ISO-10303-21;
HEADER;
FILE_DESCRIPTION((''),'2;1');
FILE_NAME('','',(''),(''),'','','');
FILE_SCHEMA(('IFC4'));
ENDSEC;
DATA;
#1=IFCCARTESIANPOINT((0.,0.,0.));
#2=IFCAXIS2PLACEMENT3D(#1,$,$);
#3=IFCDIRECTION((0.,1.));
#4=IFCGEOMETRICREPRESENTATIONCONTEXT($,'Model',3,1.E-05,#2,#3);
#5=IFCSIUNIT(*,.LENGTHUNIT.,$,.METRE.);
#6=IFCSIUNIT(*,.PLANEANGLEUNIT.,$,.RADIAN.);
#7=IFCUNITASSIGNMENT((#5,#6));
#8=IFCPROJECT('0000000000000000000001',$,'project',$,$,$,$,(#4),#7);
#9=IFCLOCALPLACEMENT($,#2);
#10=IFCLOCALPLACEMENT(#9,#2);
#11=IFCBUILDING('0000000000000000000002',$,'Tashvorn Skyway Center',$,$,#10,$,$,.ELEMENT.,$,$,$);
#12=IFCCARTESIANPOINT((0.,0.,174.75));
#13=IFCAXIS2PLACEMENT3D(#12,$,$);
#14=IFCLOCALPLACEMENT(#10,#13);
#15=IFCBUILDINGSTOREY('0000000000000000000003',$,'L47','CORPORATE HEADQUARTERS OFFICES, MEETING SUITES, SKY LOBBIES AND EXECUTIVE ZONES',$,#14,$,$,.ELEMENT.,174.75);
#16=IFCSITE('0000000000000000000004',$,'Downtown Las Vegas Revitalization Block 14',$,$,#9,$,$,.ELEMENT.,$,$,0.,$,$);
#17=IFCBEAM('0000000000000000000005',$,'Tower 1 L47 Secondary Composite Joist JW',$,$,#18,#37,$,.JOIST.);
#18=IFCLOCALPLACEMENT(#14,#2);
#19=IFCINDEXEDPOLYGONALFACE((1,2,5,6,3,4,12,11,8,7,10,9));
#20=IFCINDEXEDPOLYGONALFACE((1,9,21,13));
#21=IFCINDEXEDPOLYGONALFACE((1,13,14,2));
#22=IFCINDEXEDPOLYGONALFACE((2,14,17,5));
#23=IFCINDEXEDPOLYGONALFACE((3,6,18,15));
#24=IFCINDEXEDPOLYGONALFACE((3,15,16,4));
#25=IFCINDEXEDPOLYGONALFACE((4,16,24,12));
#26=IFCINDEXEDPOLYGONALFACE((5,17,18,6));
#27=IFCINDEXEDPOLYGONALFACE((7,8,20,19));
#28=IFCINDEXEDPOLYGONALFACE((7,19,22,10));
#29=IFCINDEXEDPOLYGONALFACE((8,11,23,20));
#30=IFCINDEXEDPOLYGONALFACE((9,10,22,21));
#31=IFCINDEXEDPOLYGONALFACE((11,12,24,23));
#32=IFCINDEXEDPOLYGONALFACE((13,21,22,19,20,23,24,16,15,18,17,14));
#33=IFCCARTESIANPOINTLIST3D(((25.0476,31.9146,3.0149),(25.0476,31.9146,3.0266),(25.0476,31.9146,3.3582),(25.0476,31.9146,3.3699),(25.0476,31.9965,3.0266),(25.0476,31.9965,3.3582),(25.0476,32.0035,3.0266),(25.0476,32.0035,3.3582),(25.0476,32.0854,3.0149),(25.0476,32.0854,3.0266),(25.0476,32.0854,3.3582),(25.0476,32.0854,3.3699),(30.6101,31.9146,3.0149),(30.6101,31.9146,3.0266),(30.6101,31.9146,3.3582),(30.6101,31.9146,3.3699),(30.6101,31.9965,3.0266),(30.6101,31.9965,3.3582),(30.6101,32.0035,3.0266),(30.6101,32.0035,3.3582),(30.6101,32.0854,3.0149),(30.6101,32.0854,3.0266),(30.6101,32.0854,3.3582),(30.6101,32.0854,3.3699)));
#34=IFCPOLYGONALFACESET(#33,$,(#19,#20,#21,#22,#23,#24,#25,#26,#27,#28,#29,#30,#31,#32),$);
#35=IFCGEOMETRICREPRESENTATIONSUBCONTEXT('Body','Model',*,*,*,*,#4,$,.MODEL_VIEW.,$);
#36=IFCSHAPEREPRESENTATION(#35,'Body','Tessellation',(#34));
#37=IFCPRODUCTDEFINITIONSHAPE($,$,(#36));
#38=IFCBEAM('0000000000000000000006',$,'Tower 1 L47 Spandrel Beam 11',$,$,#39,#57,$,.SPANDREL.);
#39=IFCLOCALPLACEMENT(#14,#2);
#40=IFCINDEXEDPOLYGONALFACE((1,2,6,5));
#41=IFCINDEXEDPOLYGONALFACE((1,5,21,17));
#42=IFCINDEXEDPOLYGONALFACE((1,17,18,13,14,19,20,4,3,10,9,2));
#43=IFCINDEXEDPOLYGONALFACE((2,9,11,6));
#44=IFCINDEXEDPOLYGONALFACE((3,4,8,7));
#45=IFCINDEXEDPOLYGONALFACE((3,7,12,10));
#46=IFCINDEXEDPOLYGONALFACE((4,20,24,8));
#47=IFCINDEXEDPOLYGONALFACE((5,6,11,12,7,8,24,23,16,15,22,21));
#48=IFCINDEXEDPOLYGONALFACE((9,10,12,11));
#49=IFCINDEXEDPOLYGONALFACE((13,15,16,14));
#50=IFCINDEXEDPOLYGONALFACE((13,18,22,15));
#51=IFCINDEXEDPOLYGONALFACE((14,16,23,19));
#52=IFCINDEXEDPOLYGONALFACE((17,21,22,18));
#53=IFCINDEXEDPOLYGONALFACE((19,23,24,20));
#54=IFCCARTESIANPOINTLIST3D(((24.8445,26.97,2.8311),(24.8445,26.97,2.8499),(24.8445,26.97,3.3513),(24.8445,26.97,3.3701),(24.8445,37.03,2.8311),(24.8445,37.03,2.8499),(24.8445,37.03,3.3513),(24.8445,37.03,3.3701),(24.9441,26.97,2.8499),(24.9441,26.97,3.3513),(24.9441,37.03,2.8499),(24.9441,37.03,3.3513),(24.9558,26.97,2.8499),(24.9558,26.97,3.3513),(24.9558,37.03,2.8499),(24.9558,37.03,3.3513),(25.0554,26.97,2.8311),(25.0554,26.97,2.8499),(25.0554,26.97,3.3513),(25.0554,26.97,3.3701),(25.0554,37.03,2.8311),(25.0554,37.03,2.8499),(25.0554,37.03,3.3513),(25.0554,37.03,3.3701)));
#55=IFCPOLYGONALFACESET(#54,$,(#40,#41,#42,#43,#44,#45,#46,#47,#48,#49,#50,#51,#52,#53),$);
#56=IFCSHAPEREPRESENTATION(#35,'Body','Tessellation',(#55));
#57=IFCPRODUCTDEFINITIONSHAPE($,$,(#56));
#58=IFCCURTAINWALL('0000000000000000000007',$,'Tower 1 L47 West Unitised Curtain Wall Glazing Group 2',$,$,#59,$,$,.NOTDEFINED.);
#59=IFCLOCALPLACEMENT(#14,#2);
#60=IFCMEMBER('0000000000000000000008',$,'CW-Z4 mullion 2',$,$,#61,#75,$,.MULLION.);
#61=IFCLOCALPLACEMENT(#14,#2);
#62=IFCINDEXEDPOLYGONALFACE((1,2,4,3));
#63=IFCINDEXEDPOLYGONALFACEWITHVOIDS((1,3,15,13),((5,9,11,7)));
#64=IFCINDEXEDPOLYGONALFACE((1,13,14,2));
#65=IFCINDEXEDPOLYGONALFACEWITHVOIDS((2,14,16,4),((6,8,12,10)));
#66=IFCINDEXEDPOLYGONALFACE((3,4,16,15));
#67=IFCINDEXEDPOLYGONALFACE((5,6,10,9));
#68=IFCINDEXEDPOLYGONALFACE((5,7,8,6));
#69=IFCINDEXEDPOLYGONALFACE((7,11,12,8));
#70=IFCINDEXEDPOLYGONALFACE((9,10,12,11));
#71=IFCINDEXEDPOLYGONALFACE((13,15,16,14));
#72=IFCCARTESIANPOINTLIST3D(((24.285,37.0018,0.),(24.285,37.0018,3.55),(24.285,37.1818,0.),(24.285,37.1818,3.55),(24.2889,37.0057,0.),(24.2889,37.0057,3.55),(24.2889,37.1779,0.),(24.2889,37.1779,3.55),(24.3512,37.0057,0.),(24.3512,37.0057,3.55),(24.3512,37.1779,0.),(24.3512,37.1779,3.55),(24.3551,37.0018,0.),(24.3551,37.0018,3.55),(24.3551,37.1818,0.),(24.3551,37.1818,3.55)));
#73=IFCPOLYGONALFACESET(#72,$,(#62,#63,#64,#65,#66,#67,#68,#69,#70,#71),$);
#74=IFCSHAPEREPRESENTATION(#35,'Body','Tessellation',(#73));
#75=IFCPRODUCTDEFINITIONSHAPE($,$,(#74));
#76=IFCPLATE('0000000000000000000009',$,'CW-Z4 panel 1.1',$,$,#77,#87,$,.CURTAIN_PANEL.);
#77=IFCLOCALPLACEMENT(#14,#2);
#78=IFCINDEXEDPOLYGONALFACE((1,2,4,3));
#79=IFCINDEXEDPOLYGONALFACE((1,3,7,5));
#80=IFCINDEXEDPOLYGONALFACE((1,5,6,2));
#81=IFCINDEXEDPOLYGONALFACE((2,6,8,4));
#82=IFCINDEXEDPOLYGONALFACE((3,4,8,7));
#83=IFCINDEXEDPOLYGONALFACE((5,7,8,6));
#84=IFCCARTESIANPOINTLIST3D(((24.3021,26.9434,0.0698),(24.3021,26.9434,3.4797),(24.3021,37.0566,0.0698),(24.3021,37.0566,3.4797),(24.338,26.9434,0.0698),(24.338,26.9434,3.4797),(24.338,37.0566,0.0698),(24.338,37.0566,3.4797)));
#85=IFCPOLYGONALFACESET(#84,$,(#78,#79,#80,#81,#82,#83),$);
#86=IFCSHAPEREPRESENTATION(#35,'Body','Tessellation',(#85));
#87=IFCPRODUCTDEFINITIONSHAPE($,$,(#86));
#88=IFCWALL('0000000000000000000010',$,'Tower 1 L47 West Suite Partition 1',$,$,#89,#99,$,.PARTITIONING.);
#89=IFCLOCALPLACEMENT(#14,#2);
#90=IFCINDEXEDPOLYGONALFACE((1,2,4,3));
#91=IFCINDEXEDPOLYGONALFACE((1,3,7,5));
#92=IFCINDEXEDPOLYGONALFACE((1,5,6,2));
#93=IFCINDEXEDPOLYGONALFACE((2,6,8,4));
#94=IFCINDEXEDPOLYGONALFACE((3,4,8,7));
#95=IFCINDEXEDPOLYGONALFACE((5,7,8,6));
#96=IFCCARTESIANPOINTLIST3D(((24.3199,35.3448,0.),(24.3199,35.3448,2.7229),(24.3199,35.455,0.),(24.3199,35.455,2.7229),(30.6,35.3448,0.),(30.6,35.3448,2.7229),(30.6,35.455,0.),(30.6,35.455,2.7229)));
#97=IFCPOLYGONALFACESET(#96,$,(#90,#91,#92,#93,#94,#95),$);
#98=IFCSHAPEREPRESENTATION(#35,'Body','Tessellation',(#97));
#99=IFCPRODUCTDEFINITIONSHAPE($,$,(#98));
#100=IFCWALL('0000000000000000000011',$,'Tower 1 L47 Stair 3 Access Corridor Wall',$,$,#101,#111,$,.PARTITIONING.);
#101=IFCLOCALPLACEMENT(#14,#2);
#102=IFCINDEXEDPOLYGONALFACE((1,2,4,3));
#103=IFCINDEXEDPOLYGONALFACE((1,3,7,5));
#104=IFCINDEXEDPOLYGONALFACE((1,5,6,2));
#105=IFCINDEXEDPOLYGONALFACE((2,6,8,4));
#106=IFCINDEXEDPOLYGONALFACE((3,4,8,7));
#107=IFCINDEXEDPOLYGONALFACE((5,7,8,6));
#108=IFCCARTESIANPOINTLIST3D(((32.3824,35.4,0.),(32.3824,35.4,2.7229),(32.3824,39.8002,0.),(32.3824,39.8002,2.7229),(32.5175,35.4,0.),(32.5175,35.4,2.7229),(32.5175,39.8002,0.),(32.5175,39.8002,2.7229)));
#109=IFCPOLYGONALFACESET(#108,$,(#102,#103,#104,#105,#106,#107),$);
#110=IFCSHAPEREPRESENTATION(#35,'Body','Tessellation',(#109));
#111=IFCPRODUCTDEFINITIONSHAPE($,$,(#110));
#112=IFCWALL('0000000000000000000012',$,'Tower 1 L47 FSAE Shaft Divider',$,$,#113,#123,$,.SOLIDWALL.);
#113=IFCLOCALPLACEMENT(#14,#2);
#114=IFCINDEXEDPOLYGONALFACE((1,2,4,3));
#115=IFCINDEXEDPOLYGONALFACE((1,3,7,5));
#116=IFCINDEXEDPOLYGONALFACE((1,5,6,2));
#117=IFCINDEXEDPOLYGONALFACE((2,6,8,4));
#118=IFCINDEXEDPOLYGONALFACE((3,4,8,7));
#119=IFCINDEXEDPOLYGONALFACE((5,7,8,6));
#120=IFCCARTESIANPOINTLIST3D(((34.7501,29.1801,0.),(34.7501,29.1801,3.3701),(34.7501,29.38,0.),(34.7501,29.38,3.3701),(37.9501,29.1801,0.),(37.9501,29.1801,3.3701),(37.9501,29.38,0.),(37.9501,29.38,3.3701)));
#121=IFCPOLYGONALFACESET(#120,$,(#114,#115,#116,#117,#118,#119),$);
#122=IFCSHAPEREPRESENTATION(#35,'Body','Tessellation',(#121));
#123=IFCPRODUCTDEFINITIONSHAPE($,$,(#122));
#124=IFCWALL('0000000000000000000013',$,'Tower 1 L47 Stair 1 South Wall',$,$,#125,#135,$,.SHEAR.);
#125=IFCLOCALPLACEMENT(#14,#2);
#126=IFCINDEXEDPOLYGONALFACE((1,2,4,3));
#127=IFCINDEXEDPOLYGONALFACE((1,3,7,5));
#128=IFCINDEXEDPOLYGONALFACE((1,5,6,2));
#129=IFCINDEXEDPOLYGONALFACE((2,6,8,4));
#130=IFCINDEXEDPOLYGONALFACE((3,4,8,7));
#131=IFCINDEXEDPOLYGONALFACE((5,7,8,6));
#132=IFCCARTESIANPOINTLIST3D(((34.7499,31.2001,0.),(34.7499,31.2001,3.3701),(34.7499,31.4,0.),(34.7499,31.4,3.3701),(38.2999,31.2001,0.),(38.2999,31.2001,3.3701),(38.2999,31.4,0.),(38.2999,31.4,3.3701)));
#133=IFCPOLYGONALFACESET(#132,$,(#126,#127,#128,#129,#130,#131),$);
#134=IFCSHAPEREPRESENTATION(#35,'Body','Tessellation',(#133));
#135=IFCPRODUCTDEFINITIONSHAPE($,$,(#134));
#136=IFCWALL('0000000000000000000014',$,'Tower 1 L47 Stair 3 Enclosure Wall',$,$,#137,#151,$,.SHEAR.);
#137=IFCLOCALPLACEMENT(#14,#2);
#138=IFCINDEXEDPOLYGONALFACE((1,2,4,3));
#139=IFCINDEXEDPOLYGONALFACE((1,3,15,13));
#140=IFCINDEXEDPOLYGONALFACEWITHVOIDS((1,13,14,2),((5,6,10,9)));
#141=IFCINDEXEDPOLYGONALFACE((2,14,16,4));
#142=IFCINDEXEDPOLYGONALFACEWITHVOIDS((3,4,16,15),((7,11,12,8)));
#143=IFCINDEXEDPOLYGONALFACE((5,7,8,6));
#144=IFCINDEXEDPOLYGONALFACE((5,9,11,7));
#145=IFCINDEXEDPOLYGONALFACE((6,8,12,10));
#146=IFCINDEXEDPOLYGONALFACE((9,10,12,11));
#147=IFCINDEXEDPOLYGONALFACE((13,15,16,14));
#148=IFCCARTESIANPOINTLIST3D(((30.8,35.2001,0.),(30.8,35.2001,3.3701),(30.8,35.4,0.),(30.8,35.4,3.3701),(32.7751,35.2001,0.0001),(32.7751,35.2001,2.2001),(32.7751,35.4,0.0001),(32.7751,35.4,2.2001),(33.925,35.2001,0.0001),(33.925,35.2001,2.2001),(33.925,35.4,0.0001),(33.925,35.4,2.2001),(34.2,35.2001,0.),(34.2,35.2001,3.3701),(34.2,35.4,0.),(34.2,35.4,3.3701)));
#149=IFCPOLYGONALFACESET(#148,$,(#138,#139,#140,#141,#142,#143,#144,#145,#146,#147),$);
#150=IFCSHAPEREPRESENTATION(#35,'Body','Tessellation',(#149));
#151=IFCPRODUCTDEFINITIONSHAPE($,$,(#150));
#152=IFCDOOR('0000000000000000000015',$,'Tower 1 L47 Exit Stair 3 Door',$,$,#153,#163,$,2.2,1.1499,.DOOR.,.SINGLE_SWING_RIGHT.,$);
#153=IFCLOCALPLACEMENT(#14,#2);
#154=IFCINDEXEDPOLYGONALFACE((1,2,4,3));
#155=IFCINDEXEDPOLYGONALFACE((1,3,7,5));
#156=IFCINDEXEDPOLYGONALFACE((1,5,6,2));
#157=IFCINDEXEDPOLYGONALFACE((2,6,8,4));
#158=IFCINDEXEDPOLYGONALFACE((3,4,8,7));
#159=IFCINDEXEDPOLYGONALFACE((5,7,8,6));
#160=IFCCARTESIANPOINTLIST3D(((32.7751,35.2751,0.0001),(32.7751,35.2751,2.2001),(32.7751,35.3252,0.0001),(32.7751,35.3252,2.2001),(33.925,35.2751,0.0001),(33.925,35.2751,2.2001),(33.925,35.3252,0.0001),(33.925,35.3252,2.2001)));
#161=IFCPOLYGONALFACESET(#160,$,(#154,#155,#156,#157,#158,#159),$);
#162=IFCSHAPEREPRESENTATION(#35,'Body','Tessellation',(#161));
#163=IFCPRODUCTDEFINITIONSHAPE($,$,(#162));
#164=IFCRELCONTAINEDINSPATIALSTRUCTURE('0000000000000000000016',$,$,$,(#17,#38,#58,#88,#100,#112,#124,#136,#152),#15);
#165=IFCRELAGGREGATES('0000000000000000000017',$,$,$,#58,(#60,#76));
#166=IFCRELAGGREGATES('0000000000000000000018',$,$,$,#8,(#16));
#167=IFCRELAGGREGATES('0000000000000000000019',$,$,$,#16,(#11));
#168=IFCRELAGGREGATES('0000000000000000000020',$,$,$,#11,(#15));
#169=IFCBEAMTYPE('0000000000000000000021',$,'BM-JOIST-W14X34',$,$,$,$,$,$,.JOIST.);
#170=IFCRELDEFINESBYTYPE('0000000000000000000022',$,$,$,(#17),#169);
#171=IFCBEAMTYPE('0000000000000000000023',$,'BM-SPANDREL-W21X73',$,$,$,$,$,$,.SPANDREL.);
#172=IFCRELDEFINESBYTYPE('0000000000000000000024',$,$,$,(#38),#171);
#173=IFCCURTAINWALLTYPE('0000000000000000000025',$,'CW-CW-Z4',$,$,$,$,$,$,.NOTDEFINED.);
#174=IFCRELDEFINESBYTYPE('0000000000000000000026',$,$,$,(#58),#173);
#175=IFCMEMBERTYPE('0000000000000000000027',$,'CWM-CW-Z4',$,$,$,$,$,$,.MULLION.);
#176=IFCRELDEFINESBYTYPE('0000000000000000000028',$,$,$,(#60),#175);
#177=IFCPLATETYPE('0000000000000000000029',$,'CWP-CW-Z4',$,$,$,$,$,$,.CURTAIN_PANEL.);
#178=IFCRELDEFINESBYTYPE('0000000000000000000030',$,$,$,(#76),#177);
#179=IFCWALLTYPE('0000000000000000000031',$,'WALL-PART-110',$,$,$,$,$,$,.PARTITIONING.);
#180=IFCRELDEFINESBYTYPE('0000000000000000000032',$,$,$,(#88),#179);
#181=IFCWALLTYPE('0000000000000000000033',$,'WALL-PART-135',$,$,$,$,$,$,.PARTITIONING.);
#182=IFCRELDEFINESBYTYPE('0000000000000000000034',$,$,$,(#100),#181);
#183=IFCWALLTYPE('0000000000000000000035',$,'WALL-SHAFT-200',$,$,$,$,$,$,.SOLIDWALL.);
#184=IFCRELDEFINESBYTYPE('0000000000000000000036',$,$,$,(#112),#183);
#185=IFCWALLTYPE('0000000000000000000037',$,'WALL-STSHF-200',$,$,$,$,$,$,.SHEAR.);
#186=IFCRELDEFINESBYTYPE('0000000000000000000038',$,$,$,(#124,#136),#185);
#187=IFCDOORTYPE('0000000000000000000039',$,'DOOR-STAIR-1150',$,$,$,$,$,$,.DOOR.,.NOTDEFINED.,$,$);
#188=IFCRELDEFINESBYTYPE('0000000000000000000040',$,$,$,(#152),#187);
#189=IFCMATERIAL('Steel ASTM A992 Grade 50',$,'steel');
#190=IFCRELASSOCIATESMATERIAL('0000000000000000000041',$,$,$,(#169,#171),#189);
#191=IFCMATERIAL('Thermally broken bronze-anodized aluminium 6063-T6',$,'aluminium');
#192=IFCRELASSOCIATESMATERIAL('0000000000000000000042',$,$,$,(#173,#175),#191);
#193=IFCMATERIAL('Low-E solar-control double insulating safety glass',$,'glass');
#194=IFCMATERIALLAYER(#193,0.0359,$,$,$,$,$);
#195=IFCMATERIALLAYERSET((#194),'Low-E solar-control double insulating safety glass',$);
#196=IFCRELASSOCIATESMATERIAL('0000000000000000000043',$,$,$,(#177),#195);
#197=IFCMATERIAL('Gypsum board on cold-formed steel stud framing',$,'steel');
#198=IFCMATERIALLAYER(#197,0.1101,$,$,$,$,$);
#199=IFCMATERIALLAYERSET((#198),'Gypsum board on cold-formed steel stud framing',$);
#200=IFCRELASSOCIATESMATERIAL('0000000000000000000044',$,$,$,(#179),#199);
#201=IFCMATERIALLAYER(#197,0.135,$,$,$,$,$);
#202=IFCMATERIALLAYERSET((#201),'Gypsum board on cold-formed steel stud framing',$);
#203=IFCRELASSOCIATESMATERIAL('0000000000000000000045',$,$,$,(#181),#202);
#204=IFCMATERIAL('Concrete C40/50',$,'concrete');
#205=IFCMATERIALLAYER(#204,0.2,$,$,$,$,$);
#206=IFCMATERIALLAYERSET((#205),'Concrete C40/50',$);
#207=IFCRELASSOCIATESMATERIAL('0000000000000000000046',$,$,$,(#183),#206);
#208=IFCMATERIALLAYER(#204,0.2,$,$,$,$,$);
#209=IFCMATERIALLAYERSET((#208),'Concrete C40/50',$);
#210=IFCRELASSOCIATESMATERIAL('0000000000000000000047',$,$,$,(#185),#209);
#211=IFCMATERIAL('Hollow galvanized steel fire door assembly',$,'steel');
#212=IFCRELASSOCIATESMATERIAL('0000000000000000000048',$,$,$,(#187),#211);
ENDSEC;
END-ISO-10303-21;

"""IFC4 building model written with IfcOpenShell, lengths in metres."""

from ifc_helpers import new_model, si_unit, direction, frame, frame_2d, origin, origin_2d, place, context, subcontext, project, spatial, rectangle, hollow_rectangle, i_section, extrude, material, layer, layer_set, material_profile, profile_set, type_object, element, fill, aggregate, save


model = new_model("IFC4")

# Units and contexts
model_context = context("Model", 3, precision=1e-05, world=origin(), true_north=direction((0.0, 1.0)))
body_context = subcontext(model_context, "Body", "Model", "MODEL_VIEW")
ifc_project = project(units=[si_unit("LENGTHUNIT", "METRE"), si_unit("PLANEANGLEUNIT", "RADIAN")], contexts=[model_context])

# Site, building, storey
site_placement = place(None, origin())
site = spatial("IfcSite", under=ifc_project, at=site_placement, Name="Downtown Las Vegas Revitalization Block 14", CompositionType="ELEMENT", RefElevation=0.0)
building_placement = place(site_placement, origin())
building = spatial("IfcBuilding", under=site, at=building_placement, Name="Tashvorn Skyway Center", CompositionType="ELEMENT")
storey_placement = place(building_placement, frame((0.0, 0.0, 174.75)))
storey = spatial("IfcBuildingStorey", under=building, at=storey_placement, Name="L47", Description="CORPORATE HEADQUARTERS OFFICES, MEETING SUITES, SKY LOBBIES AND EXECUTIVE ZONES", CompositionType="ELEMENT", Elevation=174.75)

# Beams
ifc_material_1 = material(Name="Steel ASTM A992 Grade 50", Category="steel")
ifc_material_profile_1 = material_profile(ifc_material_1, i_section(OverallWidth=0.1709, OverallDepth=0.355, WebThickness=0.0071, FlangeThickness=0.0117, at=origin_2d()), Name="W14X34")
ifc_profile_set_1 = profile_set([ifc_material_profile_1], Name="Steel ASTM A992 Grade 50")
beam_type_1 = type_object("IfcBeamType", Name="BM-JOIST-W14X34", PredefinedType="JOIST", material=ifc_profile_set_1)
beam_1_placement = place(storey_placement, frame((30.6101, 32.0, 3.1924), z_axis=(-1.0, 0.0, 0.0), x_axis=(0.0, -1.0, 0.0)))
element("IfcBeam", 1, at=beam_1_placement, inside=storey, type_object=beam_type_1, Name="Tower 1 L47 Secondary Composite Joist JW", PredefinedType="JOIST", context=body_context, shape_type="SweptSolid", body=[
    extrude(i_section(OverallWidth=0.1709, OverallDepth=0.355, WebThickness=0.0071, FlangeThickness=0.0117, at=origin_2d()), origin(), (0.0, 0.0, 1.0), 5.5625),
])
ifc_material_profile_2 = material_profile(ifc_material_1, i_section(OverallWidth=0.2109, OverallDepth=0.5391, WebThickness=0.0117, FlangeThickness=0.0188, at=origin_2d()), Name="W21X73")
ifc_profile_set_2 = profile_set([ifc_material_profile_2], Name="Steel ASTM A992 Grade 50")
beam_type_2 = type_object("IfcBeamType", Name="BM-SPANDREL-W21X73", PredefinedType="SPANDREL", material=ifc_profile_set_2)
beam_2_placement = place(storey_placement, frame((24.95, 37.03, 3.1006), z_axis=(0.0, -1.0, 0.0), x_axis=(1.0, 0.0, 0.0)))
element("IfcBeam", 2, at=beam_2_placement, inside=storey, type_object=beam_type_2, Name="Tower 1 L47 Spandrel Beam 11", PredefinedType="SPANDREL", context=body_context, shape_type="SweptSolid", body=[
    extrude(i_section(OverallWidth=0.2109, OverallDepth=0.5391, WebThickness=0.0117, FlangeThickness=0.0188, at=origin_2d()), origin(), (0.0, 0.0, 1.0), 10.0601),
])

# Curtain wall, member, plate
ifc_material_2 = material(Name="Thermally broken bronze-anodized aluminium 6063-T6", Category="aluminium")
curtain_wall_type = type_object("IfcCurtainWallType", Name="CW-CW-Z4", PredefinedType="NOTDEFINED", material=ifc_material_2)
curtain_wall_placement = place(storey_placement, origin())
curtain_wall = element("IfcCurtainWall", 3, at=curtain_wall_placement, inside=storey, type_object=curtain_wall_type, Name="Tower 1 L47 West Unitised Curtain Wall Glazing Group 2", PredefinedType="NOTDEFINED")
ifc_material_profile_3 = material_profile(ifc_material_2, hollow_rectangle(XDim=0.0701, YDim=0.1799, WallThickness=0.0039, at=origin_2d()), Name="ALU-MULL-70x180")
ifc_profile_set_3 = profile_set([ifc_material_profile_3], Name="Thermally broken bronze-anodized aluminium 6063-T6")
member_type = type_object("IfcMemberType", Name="CWM-CW-Z4", PredefinedType="MULLION", material=ifc_profile_set_3)
member_placement = place(storey_placement, frame((24.3201, 37.0918, 0.0), z_axis=(0.0, 0.0, 1.0), x_axis=(-1.0, 0.0, 0.0)))
member = element("IfcMember", 4, at=member_placement, type_object=member_type, Name="CW-Z4 mullion 2", PredefinedType="MULLION", context=body_context, shape_type="SweptSolid", body=[
    extrude(hollow_rectangle(XDim=0.0701, YDim=0.1799, WallThickness=0.0039, at=origin_2d()), origin(), (0.0, 0.0, 1.0), 3.55),
])
ifc_material_3 = material(Name="Low-E solar-control double insulating safety glass", Category="glass")
ifc_layer_1 = layer(ifc_material_3, 0.0359)
ifc_layer_set_1 = layer_set([ifc_layer_1], Name="Low-E solar-control double insulating safety glass")
plate_type = type_object("IfcPlateType", Name="CWP-CW-Z4", PredefinedType="CURTAIN_PANEL", material=ifc_layer_set_1)
plate_placement = place(storey_placement, frame((24.3201, 32.0, 0.0698), z_axis=(0.0, 0.0, 1.0), x_axis=(0.0, 1.0, 0.0)))
plate = element("IfcPlate", 5, at=plate_placement, type_object=plate_type, Name="CW-Z4 panel 1.1", PredefinedType="CURTAIN_PANEL", context=body_context, shape_type="SweptSolid", body=[
    extrude(rectangle(XDim=10.1133, YDim=0.0359, at=origin_2d()), origin(), (0.0, 0.0, 1.0), 3.4099),
])
aggregate(curtain_wall, [member, plate])

# Walls
ifc_material_4 = material(Name="Gypsum board on cold-formed steel stud framing", Category="steel")
ifc_layer_2 = layer(ifc_material_4, 0.1101)
ifc_layer_set_2 = layer_set([ifc_layer_2], Name="Gypsum board on cold-formed steel stud framing")
wall_type_1 = type_object("IfcWallType", Name="WALL-PART-110", PredefinedType="PARTITIONING", material=ifc_layer_set_2)
wall_1_placement = place(storey_placement, frame((30.6001, 35.3999, 0.0), z_axis=(0.0, 0.0, 1.0), x_axis=(-1.0, 0.0, 0.0)))
element("IfcWall", 6, at=wall_1_placement, inside=storey, type_object=wall_type_1, Name="Tower 1 L47 West Suite Partition 1", PredefinedType="PARTITIONING", context=body_context, shape_type="SweptSolid", body=[
    extrude(rectangle(XDim=6.28, YDim=0.1101, at=frame_2d((3.1401, 0.0))), origin(), (0.0, 0.0, 1.0), 2.7229),
])
ifc_layer_3 = layer(ifc_material_4, 0.135)
ifc_layer_set_3 = layer_set([ifc_layer_3], Name="Gypsum board on cold-formed steel stud framing")
wall_type_2 = type_object("IfcWallType", Name="WALL-PART-135", PredefinedType="PARTITIONING", material=ifc_layer_set_3)
wall_2_placement = place(storey_placement, frame((32.45, 35.3999, 0.0), z_axis=(0.0, 0.0, 1.0), x_axis=(0.0, 1.0, 0.0)))
element("IfcWall", 7, at=wall_2_placement, inside=storey, type_object=wall_type_2, Name="Tower 1 L47 Stair 3 Access Corridor Wall", PredefinedType="PARTITIONING", context=body_context, shape_type="SweptSolid", body=[
    extrude(rectangle(XDim=4.4001, YDim=0.135, at=frame_2d((2.2002, 0.0))), origin(), (0.0, 0.0, 1.0), 2.7229),
])
ifc_material_5 = material(Name="Concrete C40/50", Category="concrete")
ifc_layer_4 = layer(ifc_material_5, 0.2)
ifc_layer_set_4 = layer_set([ifc_layer_4], Name="Concrete C40/50")
wall_type_3 = type_object("IfcWallType", Name="WALL-SHAFT-200", PredefinedType="SOLIDWALL", material=ifc_layer_set_4)
wall_3_placement = place(storey_placement, frame((34.75, 29.28, 0.0), z_axis=(0.0, 0.0, 1.0), x_axis=(1.0, 0.0, 0.0)))
element("IfcWall", 8, at=wall_3_placement, inside=storey, type_object=wall_type_3, Name="Tower 1 L47 FSAE Shaft Divider", PredefinedType="SOLIDWALL", context=body_context, shape_type="SweptSolid", body=[
    extrude(rectangle(XDim=3.2, YDim=0.2, at=frame_2d((1.6001, 0.0))), origin(), (0.0, 0.0, 1.0), 3.3701),
])
ifc_layer_5 = layer(ifc_material_5, 0.2)
ifc_layer_set_5 = layer_set([ifc_layer_5], Name="Concrete C40/50")
wall_type_4 = type_object("IfcWallType", Name="WALL-STSHF-200", PredefinedType="SHEAR", material=ifc_layer_set_5)
wall_4_placement = place(storey_placement, frame((34.75, 31.3, 0.0), z_axis=(0.0, 0.0, 1.0), x_axis=(1.0, 0.0, 0.0)))
element("IfcWall", 9, at=wall_4_placement, inside=storey, type_object=wall_type_4, Name="Tower 1 L47 Stair 1 South Wall", PredefinedType="SHEAR", context=body_context, shape_type="SweptSolid", body=[
    extrude(rectangle(XDim=3.55, YDim=0.2, at=frame_2d((1.7749, 0.0))), origin(), (0.0, 0.0, 1.0), 3.3701),
])

# Wall, opening, door
wall_5_placement = place(storey_placement, frame((34.2, 35.3, 0.0), z_axis=(0.0, 0.0, 1.0), x_axis=(-1.0, 0.0, 0.0)))
wall_5 = element("IfcWall", 10, at=wall_5_placement, inside=storey, type_object=wall_type_4, Name="Tower 1 L47 Stair 3 Enclosure Wall", PredefinedType="SHEAR", context=body_context, shape_type="SweptSolid", body=[
    extrude(rectangle(XDim=3.3999, YDim=0.2, at=frame_2d((1.7, 0.0))), origin(), (0.0, 0.0, 1.0), 3.3701),
])
opening_placement = place(wall_5_placement, frame((0.2749, 0.0, 0.0)))
opening = element("IfcOpeningElement", 11, at=opening_placement, cuts=wall_5, PredefinedType="OPENING", context=body_context, shape_type="SweptSolid", body=[
    extrude(rectangle(XDim=1.1499, YDim=2.2, at=frame_2d((0.575, 1.1001))), frame((0.0, 0.1099, 0.0), z_axis=(0.0, -1.0, 0.0), x_axis=(1.0, 0.0, 0.0)), (0.0, 0.0, 1.0), 0.22),
])
ifc_material_6 = material(Name="Hollow galvanized steel fire door assembly", Category="steel")
door_type = type_object("IfcDoorType", Name="DOOR-STAIR-1150", OperationType="NOTDEFINED", PredefinedType="DOOR", material=ifc_material_6)
door_placement = place(opening_placement, origin())
door = element("IfcDoor", 12, at=door_placement, inside=storey, type_object=door_type, Name="Tower 1 L47 Exit Stair 3 Door", OperationType="SINGLE_SWING_RIGHT", OverallHeight=2.2, OverallWidth=1.1499, PredefinedType="DOOR", context=body_context, shape_type="SweptSolid", body=[
    extrude(rectangle(XDim=1.1499, YDim=2.2, at=frame_2d((0.575, 1.1001))), frame((0.0, 0.0249, 0.0), z_axis=(0.0, -1.0, 0.0), x_axis=(1.0, 0.0, 0.0)), (0.0, 0.0, 1.0), 0.05),
])
fill(opening, door)

save(model, "model.ifc")
